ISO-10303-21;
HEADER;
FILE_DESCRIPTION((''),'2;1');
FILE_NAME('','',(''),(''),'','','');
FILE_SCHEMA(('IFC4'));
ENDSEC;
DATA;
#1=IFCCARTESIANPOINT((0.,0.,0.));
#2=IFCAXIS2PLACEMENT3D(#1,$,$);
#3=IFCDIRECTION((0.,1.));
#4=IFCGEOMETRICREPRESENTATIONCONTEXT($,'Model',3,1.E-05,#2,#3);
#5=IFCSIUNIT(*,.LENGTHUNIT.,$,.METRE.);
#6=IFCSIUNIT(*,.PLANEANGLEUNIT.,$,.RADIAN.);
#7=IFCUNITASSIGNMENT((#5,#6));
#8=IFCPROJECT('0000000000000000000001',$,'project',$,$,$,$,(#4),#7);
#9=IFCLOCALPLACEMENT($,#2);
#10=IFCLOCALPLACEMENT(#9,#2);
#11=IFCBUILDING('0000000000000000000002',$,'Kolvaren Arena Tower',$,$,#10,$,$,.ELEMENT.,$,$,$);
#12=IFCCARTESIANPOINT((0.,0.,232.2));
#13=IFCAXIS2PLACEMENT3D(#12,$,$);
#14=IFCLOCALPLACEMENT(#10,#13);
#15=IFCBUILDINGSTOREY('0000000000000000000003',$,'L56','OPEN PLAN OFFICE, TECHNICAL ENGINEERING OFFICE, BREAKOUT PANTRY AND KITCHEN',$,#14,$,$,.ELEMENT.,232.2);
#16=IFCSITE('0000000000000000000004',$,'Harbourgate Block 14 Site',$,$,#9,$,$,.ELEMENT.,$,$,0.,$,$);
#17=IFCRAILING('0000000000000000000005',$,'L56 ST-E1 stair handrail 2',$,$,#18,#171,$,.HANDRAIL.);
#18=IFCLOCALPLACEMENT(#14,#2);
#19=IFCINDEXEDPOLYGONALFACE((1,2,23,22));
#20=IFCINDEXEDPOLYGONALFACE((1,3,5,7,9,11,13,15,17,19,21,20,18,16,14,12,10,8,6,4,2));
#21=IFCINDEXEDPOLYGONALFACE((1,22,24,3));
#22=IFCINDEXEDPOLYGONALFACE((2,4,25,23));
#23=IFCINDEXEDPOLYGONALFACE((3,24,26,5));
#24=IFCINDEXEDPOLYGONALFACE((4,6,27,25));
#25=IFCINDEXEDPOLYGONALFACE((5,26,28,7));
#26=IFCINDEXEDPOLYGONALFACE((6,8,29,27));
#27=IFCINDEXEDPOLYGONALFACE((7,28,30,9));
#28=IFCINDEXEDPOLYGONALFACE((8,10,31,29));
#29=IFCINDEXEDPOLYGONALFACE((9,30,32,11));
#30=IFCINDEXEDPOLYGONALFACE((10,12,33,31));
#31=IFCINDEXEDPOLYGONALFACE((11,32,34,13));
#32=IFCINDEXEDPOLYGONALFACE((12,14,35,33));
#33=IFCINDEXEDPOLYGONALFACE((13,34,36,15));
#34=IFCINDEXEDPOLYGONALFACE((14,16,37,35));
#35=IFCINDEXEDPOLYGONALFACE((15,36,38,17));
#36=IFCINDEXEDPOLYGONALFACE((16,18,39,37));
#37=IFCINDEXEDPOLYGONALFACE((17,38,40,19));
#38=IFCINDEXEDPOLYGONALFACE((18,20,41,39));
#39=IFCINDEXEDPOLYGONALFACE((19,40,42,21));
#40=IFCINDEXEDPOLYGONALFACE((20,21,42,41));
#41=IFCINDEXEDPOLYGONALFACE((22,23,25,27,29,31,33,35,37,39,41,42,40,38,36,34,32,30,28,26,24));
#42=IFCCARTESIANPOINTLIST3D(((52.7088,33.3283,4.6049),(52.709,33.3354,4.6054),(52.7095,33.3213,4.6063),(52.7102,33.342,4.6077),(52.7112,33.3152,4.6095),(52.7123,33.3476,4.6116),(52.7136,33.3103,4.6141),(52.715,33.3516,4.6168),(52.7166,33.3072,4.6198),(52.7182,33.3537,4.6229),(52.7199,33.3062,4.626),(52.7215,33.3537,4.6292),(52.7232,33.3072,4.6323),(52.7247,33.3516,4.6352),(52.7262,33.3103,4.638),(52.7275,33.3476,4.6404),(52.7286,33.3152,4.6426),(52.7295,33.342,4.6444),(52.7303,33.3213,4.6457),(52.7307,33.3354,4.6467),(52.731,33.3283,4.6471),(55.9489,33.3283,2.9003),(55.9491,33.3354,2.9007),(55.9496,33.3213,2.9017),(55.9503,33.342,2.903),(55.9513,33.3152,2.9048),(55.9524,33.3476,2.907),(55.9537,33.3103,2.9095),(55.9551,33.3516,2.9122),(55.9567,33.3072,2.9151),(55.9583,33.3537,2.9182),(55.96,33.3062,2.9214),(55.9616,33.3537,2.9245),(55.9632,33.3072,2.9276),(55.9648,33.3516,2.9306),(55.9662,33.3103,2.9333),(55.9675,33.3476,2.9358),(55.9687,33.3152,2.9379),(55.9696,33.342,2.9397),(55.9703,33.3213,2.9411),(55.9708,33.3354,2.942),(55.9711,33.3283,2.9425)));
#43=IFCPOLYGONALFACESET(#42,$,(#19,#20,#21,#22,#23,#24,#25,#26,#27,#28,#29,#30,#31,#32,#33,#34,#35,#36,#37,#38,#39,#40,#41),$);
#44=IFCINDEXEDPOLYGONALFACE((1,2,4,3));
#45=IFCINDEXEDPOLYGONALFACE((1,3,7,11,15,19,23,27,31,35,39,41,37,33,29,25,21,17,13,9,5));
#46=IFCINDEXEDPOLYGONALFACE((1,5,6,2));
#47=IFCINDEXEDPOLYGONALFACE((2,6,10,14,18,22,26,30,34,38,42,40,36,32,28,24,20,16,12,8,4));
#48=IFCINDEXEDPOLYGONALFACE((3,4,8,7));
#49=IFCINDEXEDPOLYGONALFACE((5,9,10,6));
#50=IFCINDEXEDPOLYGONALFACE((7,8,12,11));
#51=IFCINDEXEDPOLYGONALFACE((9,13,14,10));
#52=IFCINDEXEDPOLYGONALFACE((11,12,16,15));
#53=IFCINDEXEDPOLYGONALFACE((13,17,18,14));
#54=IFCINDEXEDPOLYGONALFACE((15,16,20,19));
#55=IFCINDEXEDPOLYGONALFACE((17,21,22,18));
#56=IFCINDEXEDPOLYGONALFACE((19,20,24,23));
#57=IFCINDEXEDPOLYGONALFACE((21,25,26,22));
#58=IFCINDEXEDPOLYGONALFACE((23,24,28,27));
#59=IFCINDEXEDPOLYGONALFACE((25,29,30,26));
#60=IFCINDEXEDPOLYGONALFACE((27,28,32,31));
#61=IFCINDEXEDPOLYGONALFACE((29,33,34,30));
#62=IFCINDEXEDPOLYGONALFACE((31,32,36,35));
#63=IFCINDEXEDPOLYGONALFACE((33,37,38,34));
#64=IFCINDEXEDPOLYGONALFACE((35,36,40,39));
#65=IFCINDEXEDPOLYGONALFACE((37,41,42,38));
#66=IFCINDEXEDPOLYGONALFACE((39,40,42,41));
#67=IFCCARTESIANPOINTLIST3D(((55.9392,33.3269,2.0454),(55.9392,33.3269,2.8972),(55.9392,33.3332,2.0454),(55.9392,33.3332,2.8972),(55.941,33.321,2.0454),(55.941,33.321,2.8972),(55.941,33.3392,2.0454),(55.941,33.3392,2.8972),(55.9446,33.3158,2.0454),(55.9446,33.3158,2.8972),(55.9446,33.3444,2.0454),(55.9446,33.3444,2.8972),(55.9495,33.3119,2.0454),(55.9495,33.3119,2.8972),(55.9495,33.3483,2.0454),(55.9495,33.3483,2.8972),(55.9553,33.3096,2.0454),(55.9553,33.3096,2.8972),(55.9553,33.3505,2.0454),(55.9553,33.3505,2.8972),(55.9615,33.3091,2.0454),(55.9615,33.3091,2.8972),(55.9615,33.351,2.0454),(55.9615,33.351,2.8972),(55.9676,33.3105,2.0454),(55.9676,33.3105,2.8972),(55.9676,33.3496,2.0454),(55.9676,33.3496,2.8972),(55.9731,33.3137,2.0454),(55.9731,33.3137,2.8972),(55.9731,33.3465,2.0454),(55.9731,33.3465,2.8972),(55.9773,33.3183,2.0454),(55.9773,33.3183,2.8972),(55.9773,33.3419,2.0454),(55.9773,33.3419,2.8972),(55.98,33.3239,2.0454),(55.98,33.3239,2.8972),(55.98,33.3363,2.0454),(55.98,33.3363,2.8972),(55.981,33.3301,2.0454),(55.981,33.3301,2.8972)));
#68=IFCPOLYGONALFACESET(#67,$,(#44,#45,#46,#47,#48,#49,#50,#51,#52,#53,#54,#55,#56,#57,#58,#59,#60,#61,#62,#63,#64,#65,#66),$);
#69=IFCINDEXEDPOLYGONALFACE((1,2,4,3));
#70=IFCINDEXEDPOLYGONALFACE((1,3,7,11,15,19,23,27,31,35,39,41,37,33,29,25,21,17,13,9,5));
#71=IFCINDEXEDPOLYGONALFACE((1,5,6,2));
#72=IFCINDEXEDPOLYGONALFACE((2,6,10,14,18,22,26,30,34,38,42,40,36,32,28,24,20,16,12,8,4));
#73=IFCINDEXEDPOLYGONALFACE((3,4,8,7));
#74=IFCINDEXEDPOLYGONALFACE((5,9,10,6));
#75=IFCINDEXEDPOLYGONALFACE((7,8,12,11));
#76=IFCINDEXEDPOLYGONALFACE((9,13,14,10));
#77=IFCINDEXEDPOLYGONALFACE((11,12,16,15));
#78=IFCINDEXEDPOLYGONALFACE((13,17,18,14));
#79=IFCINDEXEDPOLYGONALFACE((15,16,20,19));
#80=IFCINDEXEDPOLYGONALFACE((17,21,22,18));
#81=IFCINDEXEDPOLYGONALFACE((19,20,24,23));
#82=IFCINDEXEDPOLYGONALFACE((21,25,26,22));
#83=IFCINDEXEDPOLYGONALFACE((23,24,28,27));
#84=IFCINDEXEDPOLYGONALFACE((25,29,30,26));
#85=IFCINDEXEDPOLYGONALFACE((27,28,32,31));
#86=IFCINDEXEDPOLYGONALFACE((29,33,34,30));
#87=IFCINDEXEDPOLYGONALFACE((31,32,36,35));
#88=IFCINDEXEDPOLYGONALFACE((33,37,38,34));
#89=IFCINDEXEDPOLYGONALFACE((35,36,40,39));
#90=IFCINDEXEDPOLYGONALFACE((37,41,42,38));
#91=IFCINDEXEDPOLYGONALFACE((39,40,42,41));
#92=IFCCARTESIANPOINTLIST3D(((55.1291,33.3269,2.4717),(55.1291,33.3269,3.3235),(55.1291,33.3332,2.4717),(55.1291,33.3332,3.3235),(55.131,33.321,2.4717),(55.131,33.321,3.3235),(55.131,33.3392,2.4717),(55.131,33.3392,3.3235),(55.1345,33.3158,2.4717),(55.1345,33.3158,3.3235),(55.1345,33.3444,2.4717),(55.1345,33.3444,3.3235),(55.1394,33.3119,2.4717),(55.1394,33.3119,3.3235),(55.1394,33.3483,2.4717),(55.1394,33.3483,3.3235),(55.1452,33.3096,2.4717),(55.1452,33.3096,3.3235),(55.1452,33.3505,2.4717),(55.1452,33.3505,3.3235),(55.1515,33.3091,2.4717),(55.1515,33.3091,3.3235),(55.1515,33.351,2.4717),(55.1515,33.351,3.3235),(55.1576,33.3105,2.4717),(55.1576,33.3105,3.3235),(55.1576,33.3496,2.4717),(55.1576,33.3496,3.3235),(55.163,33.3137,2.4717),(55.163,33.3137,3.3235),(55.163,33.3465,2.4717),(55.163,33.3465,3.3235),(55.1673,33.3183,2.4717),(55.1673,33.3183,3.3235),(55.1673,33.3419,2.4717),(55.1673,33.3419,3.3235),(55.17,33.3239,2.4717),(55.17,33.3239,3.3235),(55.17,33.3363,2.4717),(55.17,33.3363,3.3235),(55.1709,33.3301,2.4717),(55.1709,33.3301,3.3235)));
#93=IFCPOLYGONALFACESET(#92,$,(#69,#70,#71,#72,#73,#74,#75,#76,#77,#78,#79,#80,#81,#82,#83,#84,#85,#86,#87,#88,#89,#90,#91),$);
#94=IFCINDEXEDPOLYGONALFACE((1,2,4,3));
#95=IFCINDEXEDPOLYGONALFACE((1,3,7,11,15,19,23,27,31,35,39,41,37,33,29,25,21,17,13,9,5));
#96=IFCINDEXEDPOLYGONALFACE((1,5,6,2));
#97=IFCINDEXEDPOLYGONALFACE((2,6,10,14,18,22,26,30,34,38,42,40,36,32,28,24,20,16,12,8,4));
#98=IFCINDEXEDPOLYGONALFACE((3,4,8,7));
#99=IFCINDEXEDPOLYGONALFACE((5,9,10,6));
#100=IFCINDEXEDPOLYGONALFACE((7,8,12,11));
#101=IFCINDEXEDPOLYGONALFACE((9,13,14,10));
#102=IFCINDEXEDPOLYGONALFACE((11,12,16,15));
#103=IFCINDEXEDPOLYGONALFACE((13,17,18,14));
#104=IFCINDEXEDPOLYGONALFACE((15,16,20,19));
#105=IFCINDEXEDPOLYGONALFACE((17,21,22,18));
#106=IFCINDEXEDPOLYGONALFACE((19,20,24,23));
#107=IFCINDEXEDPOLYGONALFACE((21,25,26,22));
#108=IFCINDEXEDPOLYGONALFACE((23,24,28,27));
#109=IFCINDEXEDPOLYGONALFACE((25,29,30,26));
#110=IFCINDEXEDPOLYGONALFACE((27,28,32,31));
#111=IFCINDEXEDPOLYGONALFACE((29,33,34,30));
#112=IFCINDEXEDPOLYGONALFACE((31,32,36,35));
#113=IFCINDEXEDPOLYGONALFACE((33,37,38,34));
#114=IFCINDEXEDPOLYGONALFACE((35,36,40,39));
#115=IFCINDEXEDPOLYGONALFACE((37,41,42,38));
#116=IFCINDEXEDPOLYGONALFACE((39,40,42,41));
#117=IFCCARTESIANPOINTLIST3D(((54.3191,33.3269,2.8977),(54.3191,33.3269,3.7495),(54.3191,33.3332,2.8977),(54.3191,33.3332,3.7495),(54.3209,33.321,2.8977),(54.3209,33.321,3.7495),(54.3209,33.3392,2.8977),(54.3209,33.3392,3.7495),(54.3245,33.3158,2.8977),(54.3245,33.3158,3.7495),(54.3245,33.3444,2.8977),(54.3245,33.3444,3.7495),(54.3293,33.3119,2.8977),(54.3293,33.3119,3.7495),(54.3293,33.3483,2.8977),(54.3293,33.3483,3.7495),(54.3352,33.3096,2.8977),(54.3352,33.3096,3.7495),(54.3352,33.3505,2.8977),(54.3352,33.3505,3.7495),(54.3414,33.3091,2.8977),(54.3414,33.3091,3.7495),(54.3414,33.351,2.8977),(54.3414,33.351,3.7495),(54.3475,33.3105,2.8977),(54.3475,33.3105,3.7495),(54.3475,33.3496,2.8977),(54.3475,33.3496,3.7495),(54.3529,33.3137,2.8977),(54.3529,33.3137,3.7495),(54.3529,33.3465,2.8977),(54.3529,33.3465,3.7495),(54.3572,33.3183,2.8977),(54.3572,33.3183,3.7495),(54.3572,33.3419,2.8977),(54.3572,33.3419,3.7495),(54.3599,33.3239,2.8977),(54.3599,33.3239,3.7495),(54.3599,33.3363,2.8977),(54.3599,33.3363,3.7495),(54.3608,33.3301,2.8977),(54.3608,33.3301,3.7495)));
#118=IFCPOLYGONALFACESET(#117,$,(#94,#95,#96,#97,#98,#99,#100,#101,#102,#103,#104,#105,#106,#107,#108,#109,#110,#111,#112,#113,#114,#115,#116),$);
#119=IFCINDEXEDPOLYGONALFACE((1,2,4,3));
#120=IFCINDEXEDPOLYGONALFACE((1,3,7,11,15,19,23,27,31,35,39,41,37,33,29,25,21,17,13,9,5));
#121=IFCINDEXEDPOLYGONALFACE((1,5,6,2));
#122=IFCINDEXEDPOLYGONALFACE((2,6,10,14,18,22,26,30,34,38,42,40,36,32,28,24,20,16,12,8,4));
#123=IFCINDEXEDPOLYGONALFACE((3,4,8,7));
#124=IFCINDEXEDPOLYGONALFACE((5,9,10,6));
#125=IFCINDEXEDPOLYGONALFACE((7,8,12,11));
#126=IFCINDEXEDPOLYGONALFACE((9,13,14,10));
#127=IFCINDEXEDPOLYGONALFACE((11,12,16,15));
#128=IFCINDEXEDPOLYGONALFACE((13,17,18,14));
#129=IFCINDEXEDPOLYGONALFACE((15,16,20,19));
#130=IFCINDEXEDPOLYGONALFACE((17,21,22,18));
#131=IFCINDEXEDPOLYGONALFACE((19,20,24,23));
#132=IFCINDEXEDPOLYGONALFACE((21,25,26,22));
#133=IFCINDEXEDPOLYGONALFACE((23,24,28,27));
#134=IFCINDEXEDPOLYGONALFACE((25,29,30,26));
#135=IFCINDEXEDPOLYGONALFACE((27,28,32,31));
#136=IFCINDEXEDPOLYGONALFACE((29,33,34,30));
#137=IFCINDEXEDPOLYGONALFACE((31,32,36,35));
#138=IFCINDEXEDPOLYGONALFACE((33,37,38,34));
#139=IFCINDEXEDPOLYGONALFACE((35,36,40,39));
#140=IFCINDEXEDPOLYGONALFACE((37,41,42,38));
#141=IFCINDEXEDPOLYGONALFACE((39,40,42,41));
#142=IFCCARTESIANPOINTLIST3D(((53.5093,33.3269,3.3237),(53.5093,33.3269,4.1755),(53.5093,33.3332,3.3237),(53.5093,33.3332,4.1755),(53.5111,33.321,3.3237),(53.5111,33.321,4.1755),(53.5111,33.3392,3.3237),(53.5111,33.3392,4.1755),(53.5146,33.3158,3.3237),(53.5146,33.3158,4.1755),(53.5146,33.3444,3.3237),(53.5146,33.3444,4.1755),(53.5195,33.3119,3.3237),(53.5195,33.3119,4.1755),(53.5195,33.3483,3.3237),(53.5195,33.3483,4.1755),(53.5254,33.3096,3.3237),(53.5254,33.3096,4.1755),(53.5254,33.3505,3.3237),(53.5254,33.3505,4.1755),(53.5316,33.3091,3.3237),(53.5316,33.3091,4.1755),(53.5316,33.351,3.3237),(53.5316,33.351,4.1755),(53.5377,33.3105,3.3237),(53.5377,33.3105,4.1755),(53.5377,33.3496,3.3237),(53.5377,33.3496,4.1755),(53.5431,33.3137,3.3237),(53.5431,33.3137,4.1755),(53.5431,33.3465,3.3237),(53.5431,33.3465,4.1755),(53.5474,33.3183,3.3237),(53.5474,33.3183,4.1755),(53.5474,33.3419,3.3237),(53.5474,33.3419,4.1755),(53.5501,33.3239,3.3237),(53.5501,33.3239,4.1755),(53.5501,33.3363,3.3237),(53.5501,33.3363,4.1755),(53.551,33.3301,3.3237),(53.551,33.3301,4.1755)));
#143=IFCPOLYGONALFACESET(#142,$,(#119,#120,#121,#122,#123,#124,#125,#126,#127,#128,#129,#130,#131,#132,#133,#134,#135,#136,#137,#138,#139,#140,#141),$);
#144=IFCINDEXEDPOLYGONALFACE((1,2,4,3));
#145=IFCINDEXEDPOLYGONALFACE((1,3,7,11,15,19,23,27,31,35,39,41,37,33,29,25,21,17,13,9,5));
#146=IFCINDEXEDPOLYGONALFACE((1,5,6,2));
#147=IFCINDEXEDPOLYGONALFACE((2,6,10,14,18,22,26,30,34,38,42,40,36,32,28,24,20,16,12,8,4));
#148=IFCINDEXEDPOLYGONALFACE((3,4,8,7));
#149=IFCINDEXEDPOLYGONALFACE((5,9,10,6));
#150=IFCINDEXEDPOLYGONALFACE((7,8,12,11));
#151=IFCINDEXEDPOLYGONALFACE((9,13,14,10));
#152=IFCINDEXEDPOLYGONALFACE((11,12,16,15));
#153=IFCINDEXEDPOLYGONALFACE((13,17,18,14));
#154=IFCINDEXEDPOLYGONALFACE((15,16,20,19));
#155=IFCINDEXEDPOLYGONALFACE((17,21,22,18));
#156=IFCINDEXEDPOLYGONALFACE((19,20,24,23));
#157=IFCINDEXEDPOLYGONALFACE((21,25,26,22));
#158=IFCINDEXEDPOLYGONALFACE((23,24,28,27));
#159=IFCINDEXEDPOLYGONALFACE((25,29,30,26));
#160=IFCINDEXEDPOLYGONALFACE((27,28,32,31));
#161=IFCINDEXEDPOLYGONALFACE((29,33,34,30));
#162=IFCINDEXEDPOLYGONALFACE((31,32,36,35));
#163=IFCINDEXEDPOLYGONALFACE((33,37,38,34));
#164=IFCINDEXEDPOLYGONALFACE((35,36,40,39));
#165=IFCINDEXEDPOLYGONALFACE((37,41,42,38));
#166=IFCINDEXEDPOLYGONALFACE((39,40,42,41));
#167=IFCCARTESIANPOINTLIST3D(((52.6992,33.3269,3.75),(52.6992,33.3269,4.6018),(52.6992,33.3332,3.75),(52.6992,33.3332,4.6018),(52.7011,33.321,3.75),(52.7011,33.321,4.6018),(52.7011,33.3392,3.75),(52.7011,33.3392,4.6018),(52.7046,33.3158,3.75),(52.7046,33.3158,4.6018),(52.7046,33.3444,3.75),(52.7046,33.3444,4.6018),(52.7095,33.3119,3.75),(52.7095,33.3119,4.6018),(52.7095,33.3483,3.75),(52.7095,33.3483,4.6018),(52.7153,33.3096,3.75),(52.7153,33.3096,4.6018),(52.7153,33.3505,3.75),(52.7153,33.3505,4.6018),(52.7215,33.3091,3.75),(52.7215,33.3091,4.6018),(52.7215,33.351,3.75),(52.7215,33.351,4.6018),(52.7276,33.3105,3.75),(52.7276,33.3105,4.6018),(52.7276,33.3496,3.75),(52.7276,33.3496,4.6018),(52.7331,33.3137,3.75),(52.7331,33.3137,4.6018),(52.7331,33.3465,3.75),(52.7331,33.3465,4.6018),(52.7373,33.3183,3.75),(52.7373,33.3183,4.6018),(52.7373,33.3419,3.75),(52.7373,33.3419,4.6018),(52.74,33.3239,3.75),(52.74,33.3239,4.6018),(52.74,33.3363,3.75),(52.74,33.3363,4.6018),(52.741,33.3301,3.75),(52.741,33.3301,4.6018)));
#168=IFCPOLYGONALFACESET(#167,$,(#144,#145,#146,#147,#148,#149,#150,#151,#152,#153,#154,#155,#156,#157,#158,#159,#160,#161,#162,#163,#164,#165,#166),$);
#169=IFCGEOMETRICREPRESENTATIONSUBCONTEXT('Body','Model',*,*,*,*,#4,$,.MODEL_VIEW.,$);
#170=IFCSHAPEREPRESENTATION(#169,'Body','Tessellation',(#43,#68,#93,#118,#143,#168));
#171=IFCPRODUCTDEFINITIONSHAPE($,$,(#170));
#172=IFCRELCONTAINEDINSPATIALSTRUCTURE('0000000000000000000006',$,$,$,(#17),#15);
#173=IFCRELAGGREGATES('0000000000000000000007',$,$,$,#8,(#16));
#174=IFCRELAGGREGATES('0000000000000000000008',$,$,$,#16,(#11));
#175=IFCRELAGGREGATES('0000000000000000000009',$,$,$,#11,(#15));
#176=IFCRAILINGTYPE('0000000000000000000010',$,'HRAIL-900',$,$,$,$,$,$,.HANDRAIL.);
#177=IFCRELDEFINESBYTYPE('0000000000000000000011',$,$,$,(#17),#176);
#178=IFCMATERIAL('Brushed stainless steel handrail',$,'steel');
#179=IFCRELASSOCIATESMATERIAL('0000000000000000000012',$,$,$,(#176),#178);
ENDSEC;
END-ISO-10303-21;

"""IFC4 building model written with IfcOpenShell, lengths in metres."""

from ifc_helpers import new_model, si_unit, direction, frame, origin, origin_2d, place, context, subcontext, project, spatial, circle, extrude, material, type_object, element, save


model = new_model("IFC4")

# Units and contexts
model_context = context("Model", 3, precision=1e-05, world=origin(), true_north=direction((0.0, 1.0)))
body_context = subcontext(model_context, "Body", "Model", "MODEL_VIEW")
ifc_project = project(units=[si_unit("LENGTHUNIT", "METRE"), si_unit("PLANEANGLEUNIT", "RADIAN")], contexts=[model_context])

# Site, building, storey
site_placement = place(None, origin())
site = spatial("IfcSite", under=ifc_project, at=site_placement, Name="Harbourgate Block 14 Site", CompositionType="ELEMENT", RefElevation=0.0)
building_placement = place(site_placement, origin())
building = spatial("IfcBuilding", under=site, at=building_placement, Name="Kolvaren Arena Tower", CompositionType="ELEMENT")
storey_placement = place(building_placement, frame((0.0, 0.0, 232.2)))
storey = spatial("IfcBuildingStorey", under=building, at=storey_placement, Name="L56", Description="OPEN PLAN OFFICE, TECHNICAL ENGINEERING OFFICE, BREAKOUT PANTRY AND KITCHEN", CompositionType="ELEMENT", Elevation=232.2)

# Railing
ifc_material_1 = material(Name="Brushed stainless steel handrail", Category="steel")
railing_type_1 = type_object("IfcRailingType", Name="HRAIL-900", PredefinedType="HANDRAIL", material=ifc_material_1)
railing_1_placement = place(storey_placement, frame((55.96, 33.3301, 2.0454)))
element("IfcRailing", 1, at=railing_1_placement, inside=storey, type_object=railing_type_1, Name="L56 ST-E1 stair handrail 2", PredefinedType="HANDRAIL", context=body_context, shape_type="SweptSolid", body=[
    extrude(circle(Radius=0.0239, at=origin_2d()), frame((0.0, 0.0, 0.876), z_axis=(-0.884993, 0.0, 0.465604), x_axis=(0.0, -1.0, 0.0)), (0.0, 0.0, 1.0), 3.6611),
    extrude(circle(Radius=0.021, at=origin_2d()), origin(), (0.0, 0.0, 1.0), 0.8518),
    extrude(circle(Radius=0.021, at=origin_2d()), frame((-0.8101, 0.0, 0.4263)), (0.0, 0.0, 1.0), 0.8518),
    extrude(circle(Radius=0.021, at=origin_2d()), frame((-1.6201, 0.0, 0.8523)), (0.0, 0.0, 1.0), 0.8518),
    extrude(circle(Radius=0.021, at=origin_2d()), frame((-2.4299, 0.0, 1.2783)), (0.0, 0.0, 1.0), 0.8518),
    extrude(circle(Radius=0.021, at=origin_2d()), frame((-3.24, 0.0, 1.7046)), (0.0, 0.0, 1.0), 0.8518),
])

save(model, "model.ifc")
